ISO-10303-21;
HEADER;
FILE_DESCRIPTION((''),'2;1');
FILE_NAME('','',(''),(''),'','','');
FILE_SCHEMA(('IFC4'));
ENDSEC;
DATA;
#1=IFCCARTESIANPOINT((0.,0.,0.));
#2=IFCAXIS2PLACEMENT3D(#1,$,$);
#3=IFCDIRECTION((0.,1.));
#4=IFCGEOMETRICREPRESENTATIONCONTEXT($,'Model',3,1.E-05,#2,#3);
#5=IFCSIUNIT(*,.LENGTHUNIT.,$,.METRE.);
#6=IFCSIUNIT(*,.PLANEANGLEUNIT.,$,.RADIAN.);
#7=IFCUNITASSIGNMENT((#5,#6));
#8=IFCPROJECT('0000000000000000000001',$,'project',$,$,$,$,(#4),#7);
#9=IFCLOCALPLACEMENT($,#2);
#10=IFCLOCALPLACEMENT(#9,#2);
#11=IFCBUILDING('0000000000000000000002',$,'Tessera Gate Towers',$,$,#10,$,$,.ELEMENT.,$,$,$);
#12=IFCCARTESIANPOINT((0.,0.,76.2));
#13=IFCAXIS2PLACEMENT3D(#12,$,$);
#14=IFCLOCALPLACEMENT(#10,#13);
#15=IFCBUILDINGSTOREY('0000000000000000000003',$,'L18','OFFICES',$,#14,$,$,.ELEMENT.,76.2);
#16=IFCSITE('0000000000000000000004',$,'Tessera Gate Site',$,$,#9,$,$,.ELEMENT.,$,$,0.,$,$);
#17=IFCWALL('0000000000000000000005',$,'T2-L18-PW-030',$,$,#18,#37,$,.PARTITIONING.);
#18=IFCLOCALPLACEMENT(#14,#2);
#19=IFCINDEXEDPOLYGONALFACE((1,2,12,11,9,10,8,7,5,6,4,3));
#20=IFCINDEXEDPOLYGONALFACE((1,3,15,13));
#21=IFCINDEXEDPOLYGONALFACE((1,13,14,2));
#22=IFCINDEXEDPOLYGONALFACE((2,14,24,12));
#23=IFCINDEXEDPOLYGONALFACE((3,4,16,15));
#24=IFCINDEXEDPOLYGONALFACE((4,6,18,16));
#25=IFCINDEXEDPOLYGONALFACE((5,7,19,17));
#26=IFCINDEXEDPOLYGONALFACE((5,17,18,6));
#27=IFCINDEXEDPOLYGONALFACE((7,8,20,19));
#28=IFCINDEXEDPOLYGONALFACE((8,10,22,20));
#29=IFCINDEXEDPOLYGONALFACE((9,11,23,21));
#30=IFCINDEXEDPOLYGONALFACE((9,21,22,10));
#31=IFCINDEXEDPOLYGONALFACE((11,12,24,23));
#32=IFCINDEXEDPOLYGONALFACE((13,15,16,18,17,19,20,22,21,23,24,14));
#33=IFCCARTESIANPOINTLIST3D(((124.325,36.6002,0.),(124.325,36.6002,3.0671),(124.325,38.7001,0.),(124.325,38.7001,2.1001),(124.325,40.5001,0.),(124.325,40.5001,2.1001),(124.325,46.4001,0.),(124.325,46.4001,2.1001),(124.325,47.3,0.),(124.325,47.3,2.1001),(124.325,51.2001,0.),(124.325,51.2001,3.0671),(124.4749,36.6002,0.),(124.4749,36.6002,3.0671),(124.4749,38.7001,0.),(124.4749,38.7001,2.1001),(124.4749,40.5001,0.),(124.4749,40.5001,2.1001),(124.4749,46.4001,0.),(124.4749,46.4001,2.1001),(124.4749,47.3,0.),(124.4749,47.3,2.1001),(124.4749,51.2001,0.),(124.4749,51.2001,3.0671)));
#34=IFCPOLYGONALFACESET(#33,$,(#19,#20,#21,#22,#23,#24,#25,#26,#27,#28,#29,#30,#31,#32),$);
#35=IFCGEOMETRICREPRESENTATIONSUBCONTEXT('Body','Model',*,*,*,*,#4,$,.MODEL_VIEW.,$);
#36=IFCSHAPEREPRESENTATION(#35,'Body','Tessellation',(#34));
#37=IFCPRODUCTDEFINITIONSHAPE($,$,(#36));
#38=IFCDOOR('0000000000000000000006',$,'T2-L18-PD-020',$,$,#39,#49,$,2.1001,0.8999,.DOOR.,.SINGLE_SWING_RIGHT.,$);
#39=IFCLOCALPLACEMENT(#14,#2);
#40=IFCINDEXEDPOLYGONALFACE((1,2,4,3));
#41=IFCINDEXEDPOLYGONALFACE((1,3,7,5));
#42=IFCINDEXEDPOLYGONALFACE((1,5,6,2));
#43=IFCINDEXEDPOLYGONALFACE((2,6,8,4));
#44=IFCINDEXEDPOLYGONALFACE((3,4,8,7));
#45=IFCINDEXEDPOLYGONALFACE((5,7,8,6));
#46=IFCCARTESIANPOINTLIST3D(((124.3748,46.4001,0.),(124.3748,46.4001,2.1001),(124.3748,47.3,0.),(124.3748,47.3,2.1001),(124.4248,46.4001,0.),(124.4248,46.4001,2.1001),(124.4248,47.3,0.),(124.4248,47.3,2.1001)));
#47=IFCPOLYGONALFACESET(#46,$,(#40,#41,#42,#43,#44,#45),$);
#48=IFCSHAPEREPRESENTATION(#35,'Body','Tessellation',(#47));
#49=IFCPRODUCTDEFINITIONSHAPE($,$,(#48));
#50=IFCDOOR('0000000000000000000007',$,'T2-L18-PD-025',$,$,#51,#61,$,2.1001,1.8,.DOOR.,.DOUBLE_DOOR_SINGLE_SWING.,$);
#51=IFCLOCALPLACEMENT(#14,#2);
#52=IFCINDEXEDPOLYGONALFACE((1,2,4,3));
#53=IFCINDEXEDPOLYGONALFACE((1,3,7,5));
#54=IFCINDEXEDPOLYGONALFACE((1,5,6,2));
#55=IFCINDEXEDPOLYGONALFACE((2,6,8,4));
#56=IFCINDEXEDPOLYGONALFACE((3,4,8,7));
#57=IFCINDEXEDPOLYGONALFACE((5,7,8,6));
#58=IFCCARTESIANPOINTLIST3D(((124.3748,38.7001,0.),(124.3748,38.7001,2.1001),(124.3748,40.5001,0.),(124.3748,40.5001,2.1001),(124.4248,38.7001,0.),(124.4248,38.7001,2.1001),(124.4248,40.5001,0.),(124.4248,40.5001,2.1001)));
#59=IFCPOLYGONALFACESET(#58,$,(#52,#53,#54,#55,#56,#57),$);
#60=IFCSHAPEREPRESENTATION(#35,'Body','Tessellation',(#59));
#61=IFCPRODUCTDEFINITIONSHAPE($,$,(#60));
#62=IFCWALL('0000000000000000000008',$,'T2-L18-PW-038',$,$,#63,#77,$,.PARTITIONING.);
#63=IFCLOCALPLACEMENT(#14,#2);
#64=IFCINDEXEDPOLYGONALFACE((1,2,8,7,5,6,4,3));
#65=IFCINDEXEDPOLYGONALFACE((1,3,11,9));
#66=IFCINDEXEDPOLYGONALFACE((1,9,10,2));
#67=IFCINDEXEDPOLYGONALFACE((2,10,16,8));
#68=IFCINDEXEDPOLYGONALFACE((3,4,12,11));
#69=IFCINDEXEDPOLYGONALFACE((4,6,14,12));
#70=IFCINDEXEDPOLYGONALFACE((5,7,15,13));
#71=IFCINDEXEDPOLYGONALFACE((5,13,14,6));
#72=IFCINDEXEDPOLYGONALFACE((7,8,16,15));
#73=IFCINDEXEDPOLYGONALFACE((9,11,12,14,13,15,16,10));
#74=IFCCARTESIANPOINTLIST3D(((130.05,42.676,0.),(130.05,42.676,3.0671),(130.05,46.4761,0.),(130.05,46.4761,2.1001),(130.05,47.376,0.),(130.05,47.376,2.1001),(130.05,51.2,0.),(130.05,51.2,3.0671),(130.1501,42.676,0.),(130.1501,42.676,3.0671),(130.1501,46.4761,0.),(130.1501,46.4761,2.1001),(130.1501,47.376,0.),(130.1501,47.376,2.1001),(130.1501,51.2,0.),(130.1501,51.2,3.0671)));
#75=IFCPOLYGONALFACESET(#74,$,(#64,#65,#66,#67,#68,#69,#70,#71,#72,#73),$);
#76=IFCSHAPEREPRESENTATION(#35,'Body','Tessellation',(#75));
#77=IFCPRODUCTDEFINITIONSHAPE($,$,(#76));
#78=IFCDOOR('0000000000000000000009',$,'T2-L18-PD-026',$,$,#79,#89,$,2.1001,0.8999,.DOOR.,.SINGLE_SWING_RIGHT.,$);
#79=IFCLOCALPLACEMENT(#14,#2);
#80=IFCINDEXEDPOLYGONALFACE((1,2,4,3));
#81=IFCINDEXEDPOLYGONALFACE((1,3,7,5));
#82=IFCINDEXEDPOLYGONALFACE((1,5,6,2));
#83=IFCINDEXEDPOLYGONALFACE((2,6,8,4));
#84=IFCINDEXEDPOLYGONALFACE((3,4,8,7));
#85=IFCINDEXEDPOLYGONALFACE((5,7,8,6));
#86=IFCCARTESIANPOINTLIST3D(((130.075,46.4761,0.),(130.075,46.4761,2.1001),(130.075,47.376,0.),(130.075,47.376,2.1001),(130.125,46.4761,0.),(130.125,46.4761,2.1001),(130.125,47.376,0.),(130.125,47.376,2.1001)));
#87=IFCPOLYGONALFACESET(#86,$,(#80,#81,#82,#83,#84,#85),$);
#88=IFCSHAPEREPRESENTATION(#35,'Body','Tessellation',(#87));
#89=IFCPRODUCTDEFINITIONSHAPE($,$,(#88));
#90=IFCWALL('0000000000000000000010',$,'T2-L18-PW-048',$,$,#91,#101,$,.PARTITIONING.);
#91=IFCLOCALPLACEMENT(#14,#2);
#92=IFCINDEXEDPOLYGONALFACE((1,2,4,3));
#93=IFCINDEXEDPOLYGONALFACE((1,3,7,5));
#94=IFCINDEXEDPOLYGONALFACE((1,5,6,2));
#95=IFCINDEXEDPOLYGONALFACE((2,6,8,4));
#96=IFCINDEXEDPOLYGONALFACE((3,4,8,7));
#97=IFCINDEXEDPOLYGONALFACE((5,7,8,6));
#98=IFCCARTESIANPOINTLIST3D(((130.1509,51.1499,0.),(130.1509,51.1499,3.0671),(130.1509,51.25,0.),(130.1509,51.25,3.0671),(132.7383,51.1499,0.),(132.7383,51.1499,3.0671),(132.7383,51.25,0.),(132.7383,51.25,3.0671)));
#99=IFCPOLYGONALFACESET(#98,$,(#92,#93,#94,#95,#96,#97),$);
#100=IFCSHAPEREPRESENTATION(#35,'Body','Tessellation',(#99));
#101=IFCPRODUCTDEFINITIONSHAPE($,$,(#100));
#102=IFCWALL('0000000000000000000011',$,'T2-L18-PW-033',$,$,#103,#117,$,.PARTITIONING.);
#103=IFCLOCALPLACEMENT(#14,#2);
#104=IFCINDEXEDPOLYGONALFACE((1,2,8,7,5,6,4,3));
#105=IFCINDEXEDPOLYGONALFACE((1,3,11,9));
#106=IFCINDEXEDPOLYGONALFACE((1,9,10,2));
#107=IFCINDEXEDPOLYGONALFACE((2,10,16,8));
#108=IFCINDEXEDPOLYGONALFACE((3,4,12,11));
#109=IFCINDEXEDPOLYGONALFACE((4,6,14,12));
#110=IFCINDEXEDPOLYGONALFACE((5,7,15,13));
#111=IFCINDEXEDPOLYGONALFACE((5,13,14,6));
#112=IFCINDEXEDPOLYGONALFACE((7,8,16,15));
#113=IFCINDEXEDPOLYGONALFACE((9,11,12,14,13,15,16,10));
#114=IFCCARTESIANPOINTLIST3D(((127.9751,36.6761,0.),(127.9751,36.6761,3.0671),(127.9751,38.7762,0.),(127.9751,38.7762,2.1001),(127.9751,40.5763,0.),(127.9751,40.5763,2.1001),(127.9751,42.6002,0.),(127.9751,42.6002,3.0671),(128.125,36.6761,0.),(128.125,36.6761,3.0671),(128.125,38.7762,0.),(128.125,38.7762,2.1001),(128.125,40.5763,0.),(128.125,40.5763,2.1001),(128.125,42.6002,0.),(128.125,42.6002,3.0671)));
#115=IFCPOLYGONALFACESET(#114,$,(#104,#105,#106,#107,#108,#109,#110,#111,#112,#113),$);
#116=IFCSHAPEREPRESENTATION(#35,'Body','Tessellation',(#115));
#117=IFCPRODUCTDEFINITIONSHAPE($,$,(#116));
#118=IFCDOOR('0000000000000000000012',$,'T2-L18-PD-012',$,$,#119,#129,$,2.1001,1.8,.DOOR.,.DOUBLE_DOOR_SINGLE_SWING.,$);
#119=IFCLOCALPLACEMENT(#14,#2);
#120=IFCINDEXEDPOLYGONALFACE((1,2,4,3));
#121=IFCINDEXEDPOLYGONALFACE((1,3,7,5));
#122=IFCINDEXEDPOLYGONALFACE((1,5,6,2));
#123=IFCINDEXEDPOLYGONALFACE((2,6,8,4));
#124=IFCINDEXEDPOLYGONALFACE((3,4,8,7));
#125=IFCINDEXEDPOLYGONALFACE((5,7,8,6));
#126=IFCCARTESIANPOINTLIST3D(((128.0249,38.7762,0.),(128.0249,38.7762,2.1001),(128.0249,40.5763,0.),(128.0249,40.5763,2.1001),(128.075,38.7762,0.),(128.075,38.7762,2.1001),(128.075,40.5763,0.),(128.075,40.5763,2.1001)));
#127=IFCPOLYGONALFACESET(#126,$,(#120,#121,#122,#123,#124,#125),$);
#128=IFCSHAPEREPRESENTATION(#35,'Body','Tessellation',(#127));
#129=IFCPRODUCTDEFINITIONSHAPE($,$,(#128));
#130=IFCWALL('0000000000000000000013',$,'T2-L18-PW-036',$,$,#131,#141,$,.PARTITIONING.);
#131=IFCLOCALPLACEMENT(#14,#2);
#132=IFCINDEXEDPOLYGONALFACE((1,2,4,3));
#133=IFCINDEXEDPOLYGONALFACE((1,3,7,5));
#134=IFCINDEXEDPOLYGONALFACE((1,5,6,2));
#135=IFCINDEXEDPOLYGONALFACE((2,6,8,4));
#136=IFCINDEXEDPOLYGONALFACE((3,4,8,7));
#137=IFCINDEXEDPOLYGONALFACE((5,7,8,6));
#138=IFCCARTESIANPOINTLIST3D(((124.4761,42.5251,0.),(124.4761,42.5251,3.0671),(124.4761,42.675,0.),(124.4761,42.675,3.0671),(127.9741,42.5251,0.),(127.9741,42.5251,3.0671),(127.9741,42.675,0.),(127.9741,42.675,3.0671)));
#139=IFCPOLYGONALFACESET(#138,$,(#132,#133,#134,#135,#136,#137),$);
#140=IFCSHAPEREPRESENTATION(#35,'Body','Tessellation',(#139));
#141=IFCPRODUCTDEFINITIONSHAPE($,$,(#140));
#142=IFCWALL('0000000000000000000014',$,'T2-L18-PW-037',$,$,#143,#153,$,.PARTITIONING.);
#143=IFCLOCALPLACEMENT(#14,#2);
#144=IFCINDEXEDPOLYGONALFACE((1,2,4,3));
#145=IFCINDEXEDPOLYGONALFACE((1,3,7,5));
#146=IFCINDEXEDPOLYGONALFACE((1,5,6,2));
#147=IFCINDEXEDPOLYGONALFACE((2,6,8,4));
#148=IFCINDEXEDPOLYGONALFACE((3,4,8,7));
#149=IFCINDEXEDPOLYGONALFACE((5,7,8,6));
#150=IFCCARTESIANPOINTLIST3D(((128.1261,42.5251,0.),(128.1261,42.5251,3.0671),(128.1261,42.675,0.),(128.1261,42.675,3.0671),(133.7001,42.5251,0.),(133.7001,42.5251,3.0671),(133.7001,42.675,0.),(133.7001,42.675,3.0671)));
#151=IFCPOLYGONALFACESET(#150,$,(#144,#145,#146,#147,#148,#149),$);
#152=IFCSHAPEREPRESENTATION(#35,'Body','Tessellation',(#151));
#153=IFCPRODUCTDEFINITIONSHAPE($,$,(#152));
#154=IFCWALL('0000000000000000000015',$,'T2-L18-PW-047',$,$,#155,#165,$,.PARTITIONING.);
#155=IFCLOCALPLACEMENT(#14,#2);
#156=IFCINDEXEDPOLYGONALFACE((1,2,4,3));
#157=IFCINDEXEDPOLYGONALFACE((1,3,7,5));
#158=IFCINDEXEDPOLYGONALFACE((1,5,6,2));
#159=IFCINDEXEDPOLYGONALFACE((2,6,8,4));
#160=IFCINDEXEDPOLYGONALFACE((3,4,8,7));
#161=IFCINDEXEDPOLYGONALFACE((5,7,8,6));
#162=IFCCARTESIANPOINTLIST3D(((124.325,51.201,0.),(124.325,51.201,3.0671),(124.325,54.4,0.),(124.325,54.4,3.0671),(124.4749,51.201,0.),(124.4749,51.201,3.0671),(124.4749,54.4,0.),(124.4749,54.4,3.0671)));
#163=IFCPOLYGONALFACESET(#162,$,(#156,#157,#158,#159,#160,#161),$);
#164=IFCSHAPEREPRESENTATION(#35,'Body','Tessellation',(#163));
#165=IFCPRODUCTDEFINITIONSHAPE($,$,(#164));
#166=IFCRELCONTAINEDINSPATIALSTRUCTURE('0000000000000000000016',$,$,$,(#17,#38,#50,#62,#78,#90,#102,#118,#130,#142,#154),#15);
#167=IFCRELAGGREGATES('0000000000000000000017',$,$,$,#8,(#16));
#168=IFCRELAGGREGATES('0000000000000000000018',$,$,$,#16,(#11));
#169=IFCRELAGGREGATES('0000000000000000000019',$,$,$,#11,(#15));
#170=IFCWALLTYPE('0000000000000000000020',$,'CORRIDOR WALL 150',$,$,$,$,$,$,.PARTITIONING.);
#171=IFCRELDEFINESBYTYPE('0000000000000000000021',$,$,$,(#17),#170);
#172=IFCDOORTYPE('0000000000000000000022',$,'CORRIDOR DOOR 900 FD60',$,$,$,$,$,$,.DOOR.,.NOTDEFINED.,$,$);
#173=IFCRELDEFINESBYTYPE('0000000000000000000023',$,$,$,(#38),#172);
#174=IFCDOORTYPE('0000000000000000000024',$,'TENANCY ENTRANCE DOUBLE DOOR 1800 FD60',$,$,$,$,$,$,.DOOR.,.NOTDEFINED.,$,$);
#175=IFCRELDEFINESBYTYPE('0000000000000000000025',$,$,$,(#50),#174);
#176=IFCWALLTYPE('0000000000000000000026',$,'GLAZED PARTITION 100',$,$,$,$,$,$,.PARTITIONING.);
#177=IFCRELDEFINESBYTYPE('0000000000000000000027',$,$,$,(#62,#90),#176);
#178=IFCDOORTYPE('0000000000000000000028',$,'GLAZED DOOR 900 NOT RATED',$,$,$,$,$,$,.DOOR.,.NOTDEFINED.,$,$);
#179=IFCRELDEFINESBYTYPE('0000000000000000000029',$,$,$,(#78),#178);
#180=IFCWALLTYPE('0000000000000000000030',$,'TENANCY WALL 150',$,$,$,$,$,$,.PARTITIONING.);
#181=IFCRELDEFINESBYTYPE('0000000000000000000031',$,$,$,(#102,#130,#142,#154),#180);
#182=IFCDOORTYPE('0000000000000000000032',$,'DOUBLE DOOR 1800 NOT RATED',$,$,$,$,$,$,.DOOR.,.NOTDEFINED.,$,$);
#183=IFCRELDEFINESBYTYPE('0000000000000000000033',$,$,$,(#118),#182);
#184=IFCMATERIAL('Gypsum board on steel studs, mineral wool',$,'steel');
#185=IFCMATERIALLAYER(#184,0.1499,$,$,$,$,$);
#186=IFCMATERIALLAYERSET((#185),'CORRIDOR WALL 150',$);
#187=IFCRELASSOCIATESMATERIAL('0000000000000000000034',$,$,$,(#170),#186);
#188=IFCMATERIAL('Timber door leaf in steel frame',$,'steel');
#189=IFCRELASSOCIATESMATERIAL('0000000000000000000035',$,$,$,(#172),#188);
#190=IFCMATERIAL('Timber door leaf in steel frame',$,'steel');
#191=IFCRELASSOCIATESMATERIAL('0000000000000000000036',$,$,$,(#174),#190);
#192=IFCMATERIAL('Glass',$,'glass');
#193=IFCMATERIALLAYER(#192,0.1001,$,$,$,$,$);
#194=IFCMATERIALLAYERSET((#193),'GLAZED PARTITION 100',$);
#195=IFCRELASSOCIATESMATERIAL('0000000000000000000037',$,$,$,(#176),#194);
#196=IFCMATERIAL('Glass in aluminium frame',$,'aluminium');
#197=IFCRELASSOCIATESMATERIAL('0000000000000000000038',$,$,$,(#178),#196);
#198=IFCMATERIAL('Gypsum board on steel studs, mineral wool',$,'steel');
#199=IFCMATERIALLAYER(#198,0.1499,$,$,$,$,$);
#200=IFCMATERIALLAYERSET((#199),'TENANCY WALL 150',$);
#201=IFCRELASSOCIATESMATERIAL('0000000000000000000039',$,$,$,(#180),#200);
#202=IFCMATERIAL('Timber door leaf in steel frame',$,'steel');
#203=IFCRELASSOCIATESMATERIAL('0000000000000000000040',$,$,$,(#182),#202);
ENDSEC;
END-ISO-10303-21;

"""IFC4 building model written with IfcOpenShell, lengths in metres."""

from ifc_helpers import new_model, si_unit, direction, frame, frame_2d, origin, place, context, subcontext, project, spatial, rectangle, extrude, source, transform, mapped, material, layer, layer_set, type_object, element, fill, save


model = new_model("IFC4")

# Units and contexts
model_context = context("Model", 3, precision=1e-05, world=origin(), true_north=direction((0.0, 1.0)))
body_context = subcontext(model_context, "Body", "Model", "MODEL_VIEW")
ifc_project = project(units=[si_unit("LENGTHUNIT", "METRE"), si_unit("PLANEANGLEUNIT", "RADIAN")], contexts=[model_context])

# Site, building, storey
site_placement = place(None, origin())
site = spatial("IfcSite", under=ifc_project, at=site_placement, Name="Tessera Gate Site", CompositionType="ELEMENT", RefElevation=0.0)
building_placement = place(site_placement, origin())
building = spatial("IfcBuilding", under=site, at=building_placement, Name="Tessera Gate Towers", CompositionType="ELEMENT")
storey_placement = place(building_placement, frame((0.0, 0.0, 76.2)))
storey = spatial("IfcBuildingStorey", under=building, at=storey_placement, Name="L18", Description="OFFICES", CompositionType="ELEMENT", Elevation=76.2)

# Wall, openings, doors
ifc_material_1 = material(Name="Gypsum board on steel studs, mineral wool", Category="steel")
ifc_layer_1 = layer(ifc_material_1, 0.1499)
ifc_layer_set_1 = layer_set([ifc_layer_1], Name="CORRIDOR WALL 150")
wall_type_1 = type_object("IfcWallType", Name="CORRIDOR WALL 150", PredefinedType="PARTITIONING", material=ifc_layer_set_1)
wall_1_placement = place(storey_placement, frame((124.3999, 51.2, 0.0), z_axis=(0.0, 0.0, 1.0), x_axis=(0.0, -1.0, 0.0)))
wall_1 = element("IfcWall", 1, at=wall_1_placement, inside=storey, type_object=wall_type_1, Name="T2-L18-PW-030", PredefinedType="PARTITIONING", context=body_context, shape_type="SweptSolid", body=[
    extrude(rectangle(XDim=14.5999, YDim=0.1499, at=frame_2d((7.2998, 0.0))), origin(), (0.0, 0.0, 1.0), 3.0671),
])
shared_shape_1 = source(origin(), body_context, "Body", "SweptSolid", [
    extrude(rectangle(XDim=0.8999, YDim=2.1001, at=frame_2d((0.45, 1.05))), frame((0.0, 0.085, 0.0), z_axis=(0.0, -1.0, 0.0), x_axis=(1.0, 0.0, 0.0)), (0.0, 0.0, 1.0), 0.1699),
])
opening_1_placement = place(wall_1_placement, frame((3.8999, 0.0, 0.0)))
opening_1 = element("IfcOpeningElement", 2, at=opening_1_placement, cuts=wall_1, PredefinedType="OPENING", context=body_context, shape_type="MappedRepresentation", body=[
    mapped(shared_shape_1, transform((0.0, 0.0, 0.0), scale=1.0)),
])
shared_shape_2 = source(origin(), body_context, "Body", "SweptSolid", [
    extrude(rectangle(XDim=1.8, YDim=2.1001, at=frame_2d((0.8999, 1.05))), frame((0.0, 0.085, 0.0), z_axis=(0.0, -1.0, 0.0), x_axis=(1.0, 0.0, 0.0)), (0.0, 0.0, 1.0), 0.1699),
])
opening_2_placement = place(wall_1_placement, frame((10.7, 0.0, 0.0)))
opening_2 = element("IfcOpeningElement", 3, at=opening_2_placement, cuts=wall_1, PredefinedType="OPENING", context=body_context, shape_type="MappedRepresentation", body=[
    mapped(shared_shape_2, transform((0.0, 0.0, 0.0), scale=1.0)),
])
ifc_material_2 = material(Name="Timber door leaf in steel frame", Category="steel")
door_type_1 = type_object("IfcDoorType", Name="CORRIDOR DOOR 900 FD60", OperationType="NOTDEFINED", PredefinedType="DOOR", material=ifc_material_2)
shared_shape_3 = source(origin(), body_context, "Body", "SweptSolid", [
    extrude(rectangle(XDim=0.8999, YDim=2.1001, at=frame_2d((0.45, 1.05))), frame((0.0, 0.0249, 0.0), z_axis=(0.0, -1.0, 0.0), x_axis=(1.0, 0.0, 0.0)), (0.0, 0.0, 1.0), 0.05),
])
door_1_placement = place(opening_1_placement, origin())
door_1 = element("IfcDoor", 4, at=door_1_placement, inside=storey, type_object=door_type_1, Name="T2-L18-PD-020", OperationType="SINGLE_SWING_RIGHT", OverallHeight=2.1001, OverallWidth=0.8999, PredefinedType="DOOR", context=body_context, shape_type="MappedRepresentation", body=[
    mapped(shared_shape_3, transform((0.0, 0.0, 0.0), scale=1.0)),
])
fill(opening_1, door_1)
ifc_material_3 = material(Name="Timber door leaf in steel frame", Category="steel")
door_type_2 = type_object("IfcDoorType", Name="TENANCY ENTRANCE DOUBLE DOOR 1800 FD60", OperationType="NOTDEFINED", PredefinedType="DOOR", material=ifc_material_3)
shared_shape_4 = source(origin(), body_context, "Body", "SweptSolid", [
    extrude(rectangle(XDim=1.8, YDim=2.1001, at=frame_2d((0.8999, 1.05))), frame((0.0, 0.0249, 0.0), z_axis=(0.0, -1.0, 0.0), x_axis=(1.0, 0.0, 0.0)), (0.0, 0.0, 1.0), 0.05),
])
door_2_placement = place(opening_2_placement, origin())
door_2 = element("IfcDoor", 5, at=door_2_placement, inside=storey, type_object=door_type_2, Name="T2-L18-PD-025", OperationType="DOUBLE_DOOR_SINGLE_SWING", OverallHeight=2.1001, OverallWidth=1.8, PredefinedType="DOOR", context=body_context, shape_type="MappedRepresentation", body=[
    mapped(shared_shape_4, transform((0.0, 0.0, 0.0), scale=1.0)),
])
fill(opening_2, door_2)

# Wall, opening, door
ifc_material_4 = material(Name="Glass", Category="glass")
ifc_layer_2 = layer(ifc_material_4, 0.1001)
ifc_layer_set_2 = layer_set([ifc_layer_2], Name="GLAZED PARTITION 100")
wall_type_2 = type_object("IfcWallType", Name="GLAZED PARTITION 100", PredefinedType="PARTITIONING", material=ifc_layer_set_2)
wall_2_placement = place(storey_placement, frame((130.1001, 51.2, 0.0), z_axis=(0.0, 0.0, 1.0), x_axis=(0.0, -1.0, 0.0)))
wall_2 = element("IfcWall", 6, at=wall_2_placement, inside=storey, type_object=wall_type_2, Name="T2-L18-PW-038", PredefinedType="PARTITIONING", context=body_context, shape_type="SweptSolid", body=[
    extrude(rectangle(XDim=8.5239, YDim=0.1001, at=frame_2d((4.262, 0.0))), origin(), (0.0, 0.0, 1.0), 3.0671),
])
shared_shape_5 = source(origin(), body_context, "Body", "SweptSolid", [
    extrude(rectangle(XDim=0.8999, YDim=2.1001, at=frame_2d((0.45, 1.05))), frame((0.0, 0.0601, 0.0), z_axis=(0.0, -1.0, 0.0), x_axis=(1.0, 0.0, 0.0)), (0.0, 0.0, 1.0), 0.1201),
])
opening_3_placement = place(wall_2_placement, frame((3.824, 0.0, 0.0)))
opening_3 = element("IfcOpeningElement", 7, at=opening_3_placement, cuts=wall_2, PredefinedType="OPENING", context=body_context, shape_type="MappedRepresentation", body=[
    mapped(shared_shape_5, transform((0.0, 0.0, 0.0), scale=1.0)),
])
ifc_material_5 = material(Name="Glass in aluminium frame", Category="aluminium")
door_type_3 = type_object("IfcDoorType", Name="GLAZED DOOR 900 NOT RATED", OperationType="NOTDEFINED", PredefinedType="DOOR", material=ifc_material_5)
door_3_placement = place(opening_3_placement, origin())
door_3 = element("IfcDoor", 8, at=door_3_placement, inside=storey, type_object=door_type_3, Name="T2-L18-PD-026", OperationType="SINGLE_SWING_RIGHT", OverallHeight=2.1001, OverallWidth=0.8999, PredefinedType="DOOR", context=body_context, shape_type="MappedRepresentation", body=[
    mapped(shared_shape_3, transform((0.0, 0.0, 0.0), scale=1.0)),
])
fill(opening_3, door_3)

# Wall
wall_3_placement = place(storey_placement, frame((130.1509, 51.2, 0.0), z_axis=(0.0, 0.0, 1.0), x_axis=(1.0, 0.0, 0.0)))
element("IfcWall", 9, at=wall_3_placement, inside=storey, type_object=wall_type_2, Name="T2-L18-PW-048", PredefinedType="PARTITIONING", context=body_context, shape_type="SweptSolid", body=[
    extrude(rectangle(XDim=2.5874, YDim=0.1001, at=frame_2d((1.2937, 0.0))), origin(), (0.0, 0.0, 1.0), 3.0671),
])

# Wall, opening, door
ifc_material_6 = material(Name="Gypsum board on steel studs, mineral wool", Category="steel")
ifc_layer_3 = layer(ifc_material_6, 0.1499)
ifc_layer_set_3 = layer_set([ifc_layer_3], Name="TENANCY WALL 150")
wall_type_3 = type_object("IfcWallType", Name="TENANCY WALL 150", PredefinedType="PARTITIONING", material=ifc_layer_set_3)
wall_4_placement = place(storey_placement, frame((128.05, 42.6001, 0.0), z_axis=(0.0, 0.0, 1.0), x_axis=(0.0, -1.0, 0.0)))
wall_4 = element("IfcWall", 10, at=wall_4_placement, inside=storey, type_object=wall_type_3, Name="T2-L18-PW-033", PredefinedType="PARTITIONING", context=body_context, shape_type="SweptSolid", body=[
    extrude(rectangle(XDim=5.9241, YDim=0.1499, at=frame_2d((2.9619, 0.0))), origin(), (0.0, 0.0, 1.0), 3.0671),
])
opening_4_placement = place(wall_4_placement, frame((2.0239, 0.0, 0.0)))
opening_4 = element("IfcOpeningElement", 11, at=opening_4_placement, cuts=wall_4, PredefinedType="OPENING", context=body_context, shape_type="MappedRepresentation", body=[
    mapped(shared_shape_2, transform((0.0, 0.0, 0.0), scale=1.0)),
])
ifc_material_7 = material(Name="Timber door leaf in steel frame", Category="steel")
door_type_4 = type_object("IfcDoorType", Name="DOUBLE DOOR 1800 NOT RATED", OperationType="NOTDEFINED", PredefinedType="DOOR", material=ifc_material_7)
door_4_placement = place(opening_4_placement, origin())
door_4 = element("IfcDoor", 12, at=door_4_placement, inside=storey, type_object=door_type_4, Name="T2-L18-PD-012", OperationType="DOUBLE_DOOR_SINGLE_SWING", OverallHeight=2.1001, OverallWidth=1.8, PredefinedType="DOOR", context=body_context, shape_type="MappedRepresentation", body=[
    mapped(shared_shape_4, transform((0.0, 0.0, 0.0), scale=1.0)),
])
fill(opening_4, door_4)

# Walls
wall_5_placement = place(storey_placement, frame((124.4761, 42.6001, 0.0), z_axis=(0.0, 0.0, 1.0), x_axis=(1.0, 0.0, 0.0)))
element("IfcWall", 13, at=wall_5_placement, inside=storey, type_object=wall_type_3, Name="T2-L18-PW-036", PredefinedType="PARTITIONING", context=body_context, shape_type="SweptSolid", body=[
    extrude(rectangle(XDim=3.498, YDim=0.1499, at=frame_2d((1.749, 0.0))), origin(), (0.0, 0.0, 1.0), 3.0671),
])
wall_6_placement = place(storey_placement, frame((128.126, 42.6001, 0.0), z_axis=(0.0, 0.0, 1.0), x_axis=(1.0, 0.0, 0.0)))
element("IfcWall", 14, at=wall_6_placement, inside=storey, type_object=wall_type_3, Name="T2-L18-PW-037", PredefinedType="PARTITIONING", context=body_context, shape_type="SweptSolid", body=[
    extrude(rectangle(XDim=5.574, YDim=0.1499, at=frame_2d((2.7871, 0.0))), origin(), (0.0, 0.0, 1.0), 3.0671),
])
wall_7_placement = place(storey_placement, frame((124.3999, 51.2009, 0.0), z_axis=(0.0, 0.0, 1.0), x_axis=(0.0, 1.0, 0.0)))
element("IfcWall", 15, at=wall_7_placement, inside=storey, type_object=wall_type_3, Name="T2-L18-PW-047", PredefinedType="PARTITIONING", context=body_context, shape_type="SweptSolid", body=[
    extrude(rectangle(XDim=3.199, YDim=0.1499, at=frame_2d((1.5996, 0.0))), origin(), (0.0, 0.0, 1.0), 3.0671),
])

save(model, "model.ifc")
